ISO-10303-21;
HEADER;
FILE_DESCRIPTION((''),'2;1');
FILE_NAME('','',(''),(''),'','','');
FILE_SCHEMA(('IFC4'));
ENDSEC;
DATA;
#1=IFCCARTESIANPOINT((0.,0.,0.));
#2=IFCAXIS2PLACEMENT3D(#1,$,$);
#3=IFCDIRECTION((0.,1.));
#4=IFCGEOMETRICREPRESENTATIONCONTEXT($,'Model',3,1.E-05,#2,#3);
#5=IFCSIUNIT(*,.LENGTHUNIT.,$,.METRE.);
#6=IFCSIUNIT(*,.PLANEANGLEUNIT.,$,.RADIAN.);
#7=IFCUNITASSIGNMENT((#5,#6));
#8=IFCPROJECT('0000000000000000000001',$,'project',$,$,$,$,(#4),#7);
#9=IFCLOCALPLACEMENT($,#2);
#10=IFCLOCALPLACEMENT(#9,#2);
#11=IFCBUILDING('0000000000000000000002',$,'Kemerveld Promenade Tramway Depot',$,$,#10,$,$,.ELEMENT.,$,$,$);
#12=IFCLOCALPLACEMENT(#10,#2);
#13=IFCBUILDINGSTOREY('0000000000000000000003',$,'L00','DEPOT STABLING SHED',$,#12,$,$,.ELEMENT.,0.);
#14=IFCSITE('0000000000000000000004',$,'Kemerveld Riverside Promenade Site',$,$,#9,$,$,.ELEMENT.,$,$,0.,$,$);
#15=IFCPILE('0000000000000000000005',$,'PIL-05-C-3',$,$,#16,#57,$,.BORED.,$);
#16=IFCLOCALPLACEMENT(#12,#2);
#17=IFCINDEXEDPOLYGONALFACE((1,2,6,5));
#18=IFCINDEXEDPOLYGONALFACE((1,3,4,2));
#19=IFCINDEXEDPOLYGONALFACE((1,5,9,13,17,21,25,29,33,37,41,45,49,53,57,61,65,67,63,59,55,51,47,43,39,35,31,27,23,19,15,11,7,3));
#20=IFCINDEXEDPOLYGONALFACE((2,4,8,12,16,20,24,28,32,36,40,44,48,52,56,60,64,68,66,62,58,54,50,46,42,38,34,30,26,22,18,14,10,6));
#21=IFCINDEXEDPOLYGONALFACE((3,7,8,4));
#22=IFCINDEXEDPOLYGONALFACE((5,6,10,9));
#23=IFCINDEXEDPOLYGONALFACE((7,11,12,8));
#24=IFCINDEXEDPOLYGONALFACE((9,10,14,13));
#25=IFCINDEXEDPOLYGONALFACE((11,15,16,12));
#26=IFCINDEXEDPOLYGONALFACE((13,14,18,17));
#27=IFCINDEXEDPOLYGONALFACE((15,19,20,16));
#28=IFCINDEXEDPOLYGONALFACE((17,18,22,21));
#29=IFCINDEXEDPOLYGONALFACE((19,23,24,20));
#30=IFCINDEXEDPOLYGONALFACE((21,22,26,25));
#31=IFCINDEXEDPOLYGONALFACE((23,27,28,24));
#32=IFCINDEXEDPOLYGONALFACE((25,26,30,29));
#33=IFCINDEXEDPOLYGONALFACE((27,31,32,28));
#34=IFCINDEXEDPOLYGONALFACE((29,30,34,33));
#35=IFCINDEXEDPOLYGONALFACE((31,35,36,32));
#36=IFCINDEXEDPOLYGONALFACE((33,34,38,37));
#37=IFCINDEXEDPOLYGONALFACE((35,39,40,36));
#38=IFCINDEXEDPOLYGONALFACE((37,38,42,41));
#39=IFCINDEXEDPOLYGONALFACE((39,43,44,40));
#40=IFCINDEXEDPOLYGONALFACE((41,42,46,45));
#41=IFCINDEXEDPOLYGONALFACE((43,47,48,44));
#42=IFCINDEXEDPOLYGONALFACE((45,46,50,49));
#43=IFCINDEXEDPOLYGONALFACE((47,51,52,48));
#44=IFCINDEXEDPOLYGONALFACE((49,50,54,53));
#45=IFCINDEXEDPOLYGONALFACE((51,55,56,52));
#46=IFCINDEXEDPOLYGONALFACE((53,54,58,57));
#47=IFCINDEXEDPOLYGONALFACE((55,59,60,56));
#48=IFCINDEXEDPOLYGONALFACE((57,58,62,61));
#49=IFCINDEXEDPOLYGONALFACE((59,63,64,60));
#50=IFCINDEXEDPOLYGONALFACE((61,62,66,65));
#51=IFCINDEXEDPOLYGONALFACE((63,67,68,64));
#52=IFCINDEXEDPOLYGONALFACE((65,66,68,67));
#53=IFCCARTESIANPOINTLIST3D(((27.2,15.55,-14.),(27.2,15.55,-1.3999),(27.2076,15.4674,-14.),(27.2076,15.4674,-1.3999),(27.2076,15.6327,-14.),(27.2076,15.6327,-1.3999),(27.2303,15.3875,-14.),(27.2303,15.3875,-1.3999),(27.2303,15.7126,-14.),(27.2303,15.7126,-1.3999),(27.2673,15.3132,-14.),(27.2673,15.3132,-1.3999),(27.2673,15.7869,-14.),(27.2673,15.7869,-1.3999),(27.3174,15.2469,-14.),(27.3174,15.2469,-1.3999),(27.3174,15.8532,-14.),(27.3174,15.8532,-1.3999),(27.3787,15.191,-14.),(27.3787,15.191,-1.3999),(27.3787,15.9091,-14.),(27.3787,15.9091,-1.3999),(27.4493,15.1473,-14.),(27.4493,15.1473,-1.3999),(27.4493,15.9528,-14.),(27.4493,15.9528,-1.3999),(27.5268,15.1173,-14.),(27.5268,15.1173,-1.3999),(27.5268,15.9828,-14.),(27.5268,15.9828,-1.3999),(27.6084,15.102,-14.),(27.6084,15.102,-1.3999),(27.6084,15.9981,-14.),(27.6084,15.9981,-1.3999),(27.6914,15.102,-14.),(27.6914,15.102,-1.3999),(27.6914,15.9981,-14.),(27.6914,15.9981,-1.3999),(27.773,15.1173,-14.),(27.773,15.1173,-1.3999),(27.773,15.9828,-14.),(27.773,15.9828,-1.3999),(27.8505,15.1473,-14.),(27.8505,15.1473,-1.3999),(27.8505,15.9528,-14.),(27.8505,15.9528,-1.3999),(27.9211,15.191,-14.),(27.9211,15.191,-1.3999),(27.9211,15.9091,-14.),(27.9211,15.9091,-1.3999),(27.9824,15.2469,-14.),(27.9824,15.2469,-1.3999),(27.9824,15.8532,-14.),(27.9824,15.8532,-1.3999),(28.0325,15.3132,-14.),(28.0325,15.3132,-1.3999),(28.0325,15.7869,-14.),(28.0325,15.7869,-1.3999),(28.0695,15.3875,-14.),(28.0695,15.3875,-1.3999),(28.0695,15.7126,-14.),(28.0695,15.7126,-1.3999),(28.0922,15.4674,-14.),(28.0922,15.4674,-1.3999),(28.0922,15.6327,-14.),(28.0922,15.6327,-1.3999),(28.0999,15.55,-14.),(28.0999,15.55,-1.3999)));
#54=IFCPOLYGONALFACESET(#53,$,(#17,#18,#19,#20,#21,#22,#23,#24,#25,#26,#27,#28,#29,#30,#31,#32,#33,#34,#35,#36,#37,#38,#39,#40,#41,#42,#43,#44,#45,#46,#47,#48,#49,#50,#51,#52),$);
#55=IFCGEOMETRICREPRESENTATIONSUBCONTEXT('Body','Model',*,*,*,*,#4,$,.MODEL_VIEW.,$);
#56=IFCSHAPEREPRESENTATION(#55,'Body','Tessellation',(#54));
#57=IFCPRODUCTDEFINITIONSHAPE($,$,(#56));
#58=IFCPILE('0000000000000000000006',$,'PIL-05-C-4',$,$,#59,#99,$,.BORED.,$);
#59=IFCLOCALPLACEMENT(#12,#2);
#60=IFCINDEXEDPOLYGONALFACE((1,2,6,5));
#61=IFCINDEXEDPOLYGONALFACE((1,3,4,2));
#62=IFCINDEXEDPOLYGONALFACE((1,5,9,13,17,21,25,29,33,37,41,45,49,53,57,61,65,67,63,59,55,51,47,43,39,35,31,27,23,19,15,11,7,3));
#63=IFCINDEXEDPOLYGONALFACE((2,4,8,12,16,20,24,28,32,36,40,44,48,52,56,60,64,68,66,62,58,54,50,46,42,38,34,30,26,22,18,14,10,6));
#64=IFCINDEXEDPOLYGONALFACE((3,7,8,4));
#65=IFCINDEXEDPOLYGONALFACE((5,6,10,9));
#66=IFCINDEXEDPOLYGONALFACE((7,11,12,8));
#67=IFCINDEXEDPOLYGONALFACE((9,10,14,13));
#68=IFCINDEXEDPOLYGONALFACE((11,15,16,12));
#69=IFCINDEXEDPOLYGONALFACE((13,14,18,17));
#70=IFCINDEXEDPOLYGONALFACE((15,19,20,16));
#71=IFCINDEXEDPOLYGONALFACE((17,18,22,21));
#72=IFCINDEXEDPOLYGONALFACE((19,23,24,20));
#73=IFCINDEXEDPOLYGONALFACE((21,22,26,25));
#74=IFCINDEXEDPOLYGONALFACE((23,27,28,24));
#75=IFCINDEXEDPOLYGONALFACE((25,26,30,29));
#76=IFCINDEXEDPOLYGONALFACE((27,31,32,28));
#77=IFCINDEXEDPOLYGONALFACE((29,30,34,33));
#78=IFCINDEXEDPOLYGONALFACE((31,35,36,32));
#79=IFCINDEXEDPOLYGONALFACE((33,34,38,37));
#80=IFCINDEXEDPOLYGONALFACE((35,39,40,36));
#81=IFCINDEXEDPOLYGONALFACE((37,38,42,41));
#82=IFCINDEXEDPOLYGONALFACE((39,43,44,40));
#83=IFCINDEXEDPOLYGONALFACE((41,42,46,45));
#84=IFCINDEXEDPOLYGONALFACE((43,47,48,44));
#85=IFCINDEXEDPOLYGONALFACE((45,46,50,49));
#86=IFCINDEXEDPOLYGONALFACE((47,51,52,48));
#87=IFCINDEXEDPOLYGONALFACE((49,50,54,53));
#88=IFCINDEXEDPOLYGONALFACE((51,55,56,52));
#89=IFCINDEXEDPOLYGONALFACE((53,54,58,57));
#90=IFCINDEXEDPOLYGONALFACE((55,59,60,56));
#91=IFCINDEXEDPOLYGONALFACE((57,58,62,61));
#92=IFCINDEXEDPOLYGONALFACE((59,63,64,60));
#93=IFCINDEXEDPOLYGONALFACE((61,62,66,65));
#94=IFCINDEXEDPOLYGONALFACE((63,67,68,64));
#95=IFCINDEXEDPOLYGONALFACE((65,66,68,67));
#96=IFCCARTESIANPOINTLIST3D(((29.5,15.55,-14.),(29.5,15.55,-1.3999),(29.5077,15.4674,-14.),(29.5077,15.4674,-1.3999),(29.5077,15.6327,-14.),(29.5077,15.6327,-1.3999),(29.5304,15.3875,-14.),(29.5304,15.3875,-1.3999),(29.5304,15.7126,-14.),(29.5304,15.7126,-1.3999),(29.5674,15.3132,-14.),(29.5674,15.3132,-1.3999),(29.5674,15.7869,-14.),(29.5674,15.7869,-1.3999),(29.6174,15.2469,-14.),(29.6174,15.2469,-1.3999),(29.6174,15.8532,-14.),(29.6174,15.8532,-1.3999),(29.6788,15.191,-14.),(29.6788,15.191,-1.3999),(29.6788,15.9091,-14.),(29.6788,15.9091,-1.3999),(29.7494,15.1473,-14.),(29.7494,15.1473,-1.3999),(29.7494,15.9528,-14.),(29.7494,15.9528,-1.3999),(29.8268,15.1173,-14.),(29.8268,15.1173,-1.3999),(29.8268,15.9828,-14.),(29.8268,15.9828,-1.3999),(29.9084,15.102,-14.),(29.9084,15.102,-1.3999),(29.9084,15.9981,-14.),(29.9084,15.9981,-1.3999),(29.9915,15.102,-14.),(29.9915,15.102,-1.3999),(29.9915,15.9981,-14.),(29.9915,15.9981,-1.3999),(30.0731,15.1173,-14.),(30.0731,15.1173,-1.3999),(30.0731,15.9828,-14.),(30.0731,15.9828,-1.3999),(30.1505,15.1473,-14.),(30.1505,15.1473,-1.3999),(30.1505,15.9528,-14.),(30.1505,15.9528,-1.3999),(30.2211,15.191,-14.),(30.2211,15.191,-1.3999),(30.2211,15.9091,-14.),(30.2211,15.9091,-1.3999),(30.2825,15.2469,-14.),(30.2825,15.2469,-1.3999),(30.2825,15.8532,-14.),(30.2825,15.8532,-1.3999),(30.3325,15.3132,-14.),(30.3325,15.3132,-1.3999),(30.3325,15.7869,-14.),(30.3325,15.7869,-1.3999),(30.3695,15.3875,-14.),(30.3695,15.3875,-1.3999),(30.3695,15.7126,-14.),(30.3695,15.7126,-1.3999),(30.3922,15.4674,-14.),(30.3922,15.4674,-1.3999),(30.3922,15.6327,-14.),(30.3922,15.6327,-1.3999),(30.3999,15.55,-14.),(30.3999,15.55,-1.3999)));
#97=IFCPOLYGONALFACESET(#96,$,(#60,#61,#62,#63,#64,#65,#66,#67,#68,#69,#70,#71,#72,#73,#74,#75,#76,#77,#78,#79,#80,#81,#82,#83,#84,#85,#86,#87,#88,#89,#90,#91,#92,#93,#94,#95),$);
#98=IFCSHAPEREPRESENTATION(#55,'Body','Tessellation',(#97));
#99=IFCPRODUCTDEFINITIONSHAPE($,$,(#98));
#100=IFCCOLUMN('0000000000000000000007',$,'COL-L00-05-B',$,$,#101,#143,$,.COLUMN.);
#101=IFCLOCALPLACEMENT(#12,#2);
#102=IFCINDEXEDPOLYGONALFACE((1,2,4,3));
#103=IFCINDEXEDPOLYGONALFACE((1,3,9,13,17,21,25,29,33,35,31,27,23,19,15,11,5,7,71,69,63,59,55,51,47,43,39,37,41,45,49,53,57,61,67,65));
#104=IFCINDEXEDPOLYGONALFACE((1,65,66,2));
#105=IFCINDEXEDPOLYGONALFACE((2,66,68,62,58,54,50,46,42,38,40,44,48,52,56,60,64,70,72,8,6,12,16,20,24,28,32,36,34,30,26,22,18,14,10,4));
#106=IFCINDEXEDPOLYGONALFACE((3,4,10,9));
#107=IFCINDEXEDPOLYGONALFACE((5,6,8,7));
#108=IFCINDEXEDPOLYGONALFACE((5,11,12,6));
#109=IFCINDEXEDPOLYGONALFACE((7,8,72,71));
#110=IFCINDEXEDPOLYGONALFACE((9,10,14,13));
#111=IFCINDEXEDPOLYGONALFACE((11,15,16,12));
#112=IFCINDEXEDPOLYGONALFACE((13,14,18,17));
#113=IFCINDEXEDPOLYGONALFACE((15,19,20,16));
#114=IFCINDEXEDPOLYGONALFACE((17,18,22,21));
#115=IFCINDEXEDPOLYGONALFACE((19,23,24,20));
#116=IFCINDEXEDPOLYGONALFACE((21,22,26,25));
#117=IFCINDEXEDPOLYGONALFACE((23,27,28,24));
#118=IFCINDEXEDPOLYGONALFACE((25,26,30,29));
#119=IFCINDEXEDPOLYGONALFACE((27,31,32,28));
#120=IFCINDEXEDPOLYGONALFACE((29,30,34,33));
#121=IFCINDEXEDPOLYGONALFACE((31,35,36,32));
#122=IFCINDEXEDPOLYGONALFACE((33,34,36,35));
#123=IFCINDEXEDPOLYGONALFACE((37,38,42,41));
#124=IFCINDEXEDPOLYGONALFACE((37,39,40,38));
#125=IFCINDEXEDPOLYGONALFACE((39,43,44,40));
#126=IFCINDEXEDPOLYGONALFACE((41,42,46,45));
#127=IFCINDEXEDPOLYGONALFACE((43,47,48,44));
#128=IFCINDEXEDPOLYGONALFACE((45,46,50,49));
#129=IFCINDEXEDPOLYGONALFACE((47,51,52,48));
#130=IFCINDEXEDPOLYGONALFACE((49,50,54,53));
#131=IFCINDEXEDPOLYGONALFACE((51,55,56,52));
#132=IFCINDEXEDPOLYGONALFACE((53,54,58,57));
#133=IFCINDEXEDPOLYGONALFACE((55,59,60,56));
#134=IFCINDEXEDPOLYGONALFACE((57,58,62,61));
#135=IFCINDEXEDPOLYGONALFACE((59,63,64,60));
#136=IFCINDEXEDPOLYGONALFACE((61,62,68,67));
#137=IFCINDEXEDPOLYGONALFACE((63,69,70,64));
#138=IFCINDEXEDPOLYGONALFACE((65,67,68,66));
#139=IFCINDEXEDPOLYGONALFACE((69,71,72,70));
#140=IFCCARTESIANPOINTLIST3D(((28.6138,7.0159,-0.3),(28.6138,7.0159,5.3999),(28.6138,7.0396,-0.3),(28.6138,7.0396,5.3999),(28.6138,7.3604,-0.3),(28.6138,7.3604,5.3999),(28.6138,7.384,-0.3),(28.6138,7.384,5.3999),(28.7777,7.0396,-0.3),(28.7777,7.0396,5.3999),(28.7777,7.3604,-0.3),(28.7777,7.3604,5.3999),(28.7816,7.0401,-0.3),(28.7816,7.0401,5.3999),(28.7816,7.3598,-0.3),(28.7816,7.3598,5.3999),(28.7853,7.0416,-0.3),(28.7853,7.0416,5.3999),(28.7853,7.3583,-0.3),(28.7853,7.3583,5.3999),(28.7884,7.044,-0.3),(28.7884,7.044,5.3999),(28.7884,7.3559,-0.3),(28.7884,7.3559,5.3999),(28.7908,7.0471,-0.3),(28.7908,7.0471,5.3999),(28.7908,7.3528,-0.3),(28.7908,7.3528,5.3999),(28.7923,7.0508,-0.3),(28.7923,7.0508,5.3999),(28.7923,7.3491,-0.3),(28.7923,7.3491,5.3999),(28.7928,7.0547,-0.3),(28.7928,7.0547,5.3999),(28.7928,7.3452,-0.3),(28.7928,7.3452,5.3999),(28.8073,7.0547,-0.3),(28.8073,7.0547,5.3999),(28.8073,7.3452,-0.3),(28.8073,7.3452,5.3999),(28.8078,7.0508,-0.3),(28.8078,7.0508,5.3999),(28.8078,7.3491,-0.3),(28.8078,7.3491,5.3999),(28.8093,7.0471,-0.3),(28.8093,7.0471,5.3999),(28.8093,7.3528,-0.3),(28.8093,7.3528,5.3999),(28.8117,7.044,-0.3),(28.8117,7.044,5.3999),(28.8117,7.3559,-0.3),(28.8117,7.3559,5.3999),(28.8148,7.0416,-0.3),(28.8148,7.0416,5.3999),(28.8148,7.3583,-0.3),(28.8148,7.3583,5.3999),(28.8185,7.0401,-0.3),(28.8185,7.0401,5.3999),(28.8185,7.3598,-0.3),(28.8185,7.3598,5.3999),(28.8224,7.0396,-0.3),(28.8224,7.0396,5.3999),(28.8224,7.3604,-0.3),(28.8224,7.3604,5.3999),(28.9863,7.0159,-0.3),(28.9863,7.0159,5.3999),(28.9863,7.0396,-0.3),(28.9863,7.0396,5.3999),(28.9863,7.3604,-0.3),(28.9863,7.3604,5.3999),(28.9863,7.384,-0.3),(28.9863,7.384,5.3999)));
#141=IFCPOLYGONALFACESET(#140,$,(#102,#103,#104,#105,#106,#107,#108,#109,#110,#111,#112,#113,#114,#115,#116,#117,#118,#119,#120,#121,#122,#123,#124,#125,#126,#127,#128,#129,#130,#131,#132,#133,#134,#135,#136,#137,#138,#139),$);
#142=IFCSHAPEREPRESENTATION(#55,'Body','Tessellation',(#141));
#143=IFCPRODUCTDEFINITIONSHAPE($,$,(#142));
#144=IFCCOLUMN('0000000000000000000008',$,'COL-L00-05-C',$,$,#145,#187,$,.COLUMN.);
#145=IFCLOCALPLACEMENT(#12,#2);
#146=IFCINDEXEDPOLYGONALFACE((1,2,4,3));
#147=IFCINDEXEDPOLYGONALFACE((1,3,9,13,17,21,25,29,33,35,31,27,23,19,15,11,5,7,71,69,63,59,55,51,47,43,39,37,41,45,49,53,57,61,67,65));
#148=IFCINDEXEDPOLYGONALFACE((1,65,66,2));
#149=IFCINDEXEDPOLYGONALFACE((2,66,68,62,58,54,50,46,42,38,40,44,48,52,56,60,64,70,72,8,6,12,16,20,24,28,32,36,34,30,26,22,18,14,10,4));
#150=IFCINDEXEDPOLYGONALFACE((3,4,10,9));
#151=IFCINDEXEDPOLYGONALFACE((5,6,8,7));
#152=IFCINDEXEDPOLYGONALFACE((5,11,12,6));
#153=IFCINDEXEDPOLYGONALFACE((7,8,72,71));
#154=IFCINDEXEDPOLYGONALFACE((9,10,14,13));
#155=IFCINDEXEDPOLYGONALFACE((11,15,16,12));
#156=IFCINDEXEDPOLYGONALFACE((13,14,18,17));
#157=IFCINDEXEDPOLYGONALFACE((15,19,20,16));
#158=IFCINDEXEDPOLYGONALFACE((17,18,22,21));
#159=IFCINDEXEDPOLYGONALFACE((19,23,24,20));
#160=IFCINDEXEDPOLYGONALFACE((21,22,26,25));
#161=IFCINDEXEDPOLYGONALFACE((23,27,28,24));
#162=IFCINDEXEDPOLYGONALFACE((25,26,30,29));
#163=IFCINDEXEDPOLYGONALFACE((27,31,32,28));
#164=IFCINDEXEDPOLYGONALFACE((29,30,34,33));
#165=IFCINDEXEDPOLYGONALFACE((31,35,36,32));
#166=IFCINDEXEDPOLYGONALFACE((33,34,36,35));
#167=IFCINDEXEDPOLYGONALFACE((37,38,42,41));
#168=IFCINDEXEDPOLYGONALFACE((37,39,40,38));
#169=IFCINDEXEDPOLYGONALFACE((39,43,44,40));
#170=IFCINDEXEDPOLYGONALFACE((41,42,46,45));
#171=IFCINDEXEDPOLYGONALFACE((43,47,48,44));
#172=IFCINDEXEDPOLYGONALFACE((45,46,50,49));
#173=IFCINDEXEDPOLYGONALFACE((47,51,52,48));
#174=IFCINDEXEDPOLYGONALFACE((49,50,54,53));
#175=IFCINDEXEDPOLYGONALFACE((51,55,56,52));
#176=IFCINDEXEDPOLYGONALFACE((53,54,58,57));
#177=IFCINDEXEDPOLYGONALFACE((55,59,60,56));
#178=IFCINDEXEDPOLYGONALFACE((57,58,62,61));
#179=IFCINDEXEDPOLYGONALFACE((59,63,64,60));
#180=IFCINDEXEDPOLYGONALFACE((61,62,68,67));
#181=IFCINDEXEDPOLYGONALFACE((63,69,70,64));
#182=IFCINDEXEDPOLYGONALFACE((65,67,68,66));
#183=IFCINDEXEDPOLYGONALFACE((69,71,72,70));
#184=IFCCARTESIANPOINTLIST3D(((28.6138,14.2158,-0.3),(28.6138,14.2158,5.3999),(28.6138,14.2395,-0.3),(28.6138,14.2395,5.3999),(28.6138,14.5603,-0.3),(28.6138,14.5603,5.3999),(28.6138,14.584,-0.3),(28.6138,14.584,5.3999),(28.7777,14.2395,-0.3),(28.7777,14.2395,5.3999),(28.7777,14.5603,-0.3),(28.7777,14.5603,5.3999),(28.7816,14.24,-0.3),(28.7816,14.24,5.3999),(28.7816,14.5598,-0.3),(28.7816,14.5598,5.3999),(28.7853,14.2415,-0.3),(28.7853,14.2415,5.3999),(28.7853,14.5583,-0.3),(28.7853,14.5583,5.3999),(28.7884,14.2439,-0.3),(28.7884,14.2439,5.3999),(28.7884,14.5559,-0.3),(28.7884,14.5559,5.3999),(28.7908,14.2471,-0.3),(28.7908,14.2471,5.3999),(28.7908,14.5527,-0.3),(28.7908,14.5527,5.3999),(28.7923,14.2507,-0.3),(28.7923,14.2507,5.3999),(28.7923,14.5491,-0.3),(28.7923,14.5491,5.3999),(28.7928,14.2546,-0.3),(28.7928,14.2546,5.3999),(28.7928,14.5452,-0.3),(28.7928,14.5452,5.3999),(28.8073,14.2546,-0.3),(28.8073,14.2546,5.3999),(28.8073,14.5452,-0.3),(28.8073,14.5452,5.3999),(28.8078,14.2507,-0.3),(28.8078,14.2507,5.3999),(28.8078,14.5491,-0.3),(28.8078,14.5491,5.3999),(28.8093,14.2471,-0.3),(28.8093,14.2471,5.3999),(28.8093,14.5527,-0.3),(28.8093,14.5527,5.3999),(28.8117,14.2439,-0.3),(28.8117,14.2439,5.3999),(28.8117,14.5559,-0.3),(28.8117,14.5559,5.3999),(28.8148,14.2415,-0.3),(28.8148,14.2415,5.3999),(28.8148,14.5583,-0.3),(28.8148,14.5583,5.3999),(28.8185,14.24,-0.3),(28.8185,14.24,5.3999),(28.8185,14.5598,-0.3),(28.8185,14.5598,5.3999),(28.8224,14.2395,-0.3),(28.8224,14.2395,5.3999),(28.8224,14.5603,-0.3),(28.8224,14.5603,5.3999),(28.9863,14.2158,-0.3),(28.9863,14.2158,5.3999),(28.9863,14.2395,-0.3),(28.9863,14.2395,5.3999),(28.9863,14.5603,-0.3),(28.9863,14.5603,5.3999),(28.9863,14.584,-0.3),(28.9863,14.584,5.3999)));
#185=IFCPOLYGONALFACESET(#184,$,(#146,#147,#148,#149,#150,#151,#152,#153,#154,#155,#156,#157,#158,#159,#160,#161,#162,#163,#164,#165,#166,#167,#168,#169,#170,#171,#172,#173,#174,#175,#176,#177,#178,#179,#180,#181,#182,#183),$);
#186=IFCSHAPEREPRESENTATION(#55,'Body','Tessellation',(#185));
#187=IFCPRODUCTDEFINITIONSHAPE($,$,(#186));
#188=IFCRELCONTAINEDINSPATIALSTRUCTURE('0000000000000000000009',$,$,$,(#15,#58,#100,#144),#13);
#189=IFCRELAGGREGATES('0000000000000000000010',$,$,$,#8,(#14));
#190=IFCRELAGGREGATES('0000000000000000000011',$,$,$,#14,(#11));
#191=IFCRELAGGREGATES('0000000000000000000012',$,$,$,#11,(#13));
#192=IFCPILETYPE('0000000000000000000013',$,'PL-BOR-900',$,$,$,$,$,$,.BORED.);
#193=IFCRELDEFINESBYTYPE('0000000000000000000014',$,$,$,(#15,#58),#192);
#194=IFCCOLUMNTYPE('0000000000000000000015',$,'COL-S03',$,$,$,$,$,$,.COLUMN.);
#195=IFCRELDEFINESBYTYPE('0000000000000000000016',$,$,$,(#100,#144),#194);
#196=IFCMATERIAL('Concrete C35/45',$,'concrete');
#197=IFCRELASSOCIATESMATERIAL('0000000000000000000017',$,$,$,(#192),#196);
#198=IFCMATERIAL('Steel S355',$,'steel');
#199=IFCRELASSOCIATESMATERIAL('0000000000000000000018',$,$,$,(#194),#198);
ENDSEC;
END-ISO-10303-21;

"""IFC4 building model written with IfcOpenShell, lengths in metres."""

from ifc_helpers import new_model, si_unit, direction, frame, origin, origin_2d, place, context, subcontext, project, spatial, circle, i_section, extrude, material, material_profile, profile_set, type_object, element, save


model = new_model("IFC4")

# Units and contexts
model_context = context("Model", 3, precision=1e-05, world=origin(), true_north=direction((0.0, 1.0)))
body_context = subcontext(model_context, "Body", "Model", "MODEL_VIEW")
ifc_project = project(units=[si_unit("LENGTHUNIT", "METRE"), si_unit("PLANEANGLEUNIT", "RADIAN")], contexts=[model_context])

# Site, building, storey
site_placement = place(None, origin())
site = spatial("IfcSite", under=ifc_project, at=site_placement, Name="Kemerveld Riverside Promenade Site", CompositionType="ELEMENT", RefElevation=0.0)
building_placement = place(site_placement, origin())
building = spatial("IfcBuilding", under=site, at=building_placement, Name="Kemerveld Promenade Tramway Depot", CompositionType="ELEMENT")
storey_placement = place(building_placement, origin())
storey = spatial("IfcBuildingStorey", under=building, at=storey_placement, Name="L00", Description="DEPOT STABLING SHED", CompositionType="ELEMENT", Elevation=0.0)

# Shared definitions
ifc_material_1 = material(Name="Concrete C35/45", Category="concrete")

# Piles
ifc_material_profile_1 = material_profile(ifc_material_1, circle(Radius=0.45, at=origin_2d()), Name="PILE-D900")
ifc_profile_set_1 = profile_set([ifc_material_profile_1], Name="Concrete C35/45")
pile_type = type_object("IfcPileType", Name="PL-BOR-900", PredefinedType="BORED", material=ifc_profile_set_1)
for number, where, z_axis, x_axis, name in (
    (1, (27.6499, 15.55, -1.3999), (0.0, 0.0, -1.0), (1.0, 0.0, 0.0), "PIL-05-C-3"),
    (2, (29.95, 15.55, -1.3999), (0.0, 0.0, -1.0), (1.0, 0.0, 0.0), "PIL-05-C-4"),
):
    element("IfcPile", number, at=place(storey_placement, frame(where, z_axis=z_axis, x_axis=x_axis)), inside=storey, type_object=pile_type, Name=name, PredefinedType="BORED", context=body_context, shape_type="SweptSolid", body=[
        extrude(circle(Radius=0.45, at=origin_2d()), origin(), (0.0, 0.0, 1.0), 12.6001),
    ])

# Columns
ifc_material_2 = material(Name="Steel S355", Category="steel")
ifc_material_profile_2 = material_profile(ifc_material_2, i_section(OverallWidth=0.3726, OverallDepth=0.3682, WebThickness=0.0144, FlangeThickness=0.0237, FilletRadius=0.0151, at=origin_2d()), Name="356x368x177 UC")
ifc_profile_set_2 = profile_set([ifc_material_profile_2], Name="Steel S355")
column_type = type_object("IfcColumnType", Name="COL-S03", PredefinedType="COLUMN", material=ifc_profile_set_2)
for number, where, z_axis, x_axis, name in (
    (3, (28.8, 7.2, -0.3), (0.0, 0.0, 1.0), (1.0, 0.0, 0.0), "COL-L00-05-B"),
    (4, (28.8, 14.3999, -0.3), (0.0, 0.0, 1.0), (1.0, 0.0, 0.0), "COL-L00-05-C"),
):
    element("IfcColumn", number, at=place(storey_placement, frame(where, z_axis=z_axis, x_axis=x_axis)), inside=storey, type_object=column_type, Name=name, PredefinedType="COLUMN", context=body_context, shape_type="SweptSolid", body=[
        extrude(i_section(OverallWidth=0.3726, OverallDepth=0.3682, WebThickness=0.0144, FlangeThickness=0.0237, FilletRadius=0.0151, at=origin_2d()), origin(), (0.0, 0.0, 1.0), 5.7),
    ])

save(model, "model.ifc")
